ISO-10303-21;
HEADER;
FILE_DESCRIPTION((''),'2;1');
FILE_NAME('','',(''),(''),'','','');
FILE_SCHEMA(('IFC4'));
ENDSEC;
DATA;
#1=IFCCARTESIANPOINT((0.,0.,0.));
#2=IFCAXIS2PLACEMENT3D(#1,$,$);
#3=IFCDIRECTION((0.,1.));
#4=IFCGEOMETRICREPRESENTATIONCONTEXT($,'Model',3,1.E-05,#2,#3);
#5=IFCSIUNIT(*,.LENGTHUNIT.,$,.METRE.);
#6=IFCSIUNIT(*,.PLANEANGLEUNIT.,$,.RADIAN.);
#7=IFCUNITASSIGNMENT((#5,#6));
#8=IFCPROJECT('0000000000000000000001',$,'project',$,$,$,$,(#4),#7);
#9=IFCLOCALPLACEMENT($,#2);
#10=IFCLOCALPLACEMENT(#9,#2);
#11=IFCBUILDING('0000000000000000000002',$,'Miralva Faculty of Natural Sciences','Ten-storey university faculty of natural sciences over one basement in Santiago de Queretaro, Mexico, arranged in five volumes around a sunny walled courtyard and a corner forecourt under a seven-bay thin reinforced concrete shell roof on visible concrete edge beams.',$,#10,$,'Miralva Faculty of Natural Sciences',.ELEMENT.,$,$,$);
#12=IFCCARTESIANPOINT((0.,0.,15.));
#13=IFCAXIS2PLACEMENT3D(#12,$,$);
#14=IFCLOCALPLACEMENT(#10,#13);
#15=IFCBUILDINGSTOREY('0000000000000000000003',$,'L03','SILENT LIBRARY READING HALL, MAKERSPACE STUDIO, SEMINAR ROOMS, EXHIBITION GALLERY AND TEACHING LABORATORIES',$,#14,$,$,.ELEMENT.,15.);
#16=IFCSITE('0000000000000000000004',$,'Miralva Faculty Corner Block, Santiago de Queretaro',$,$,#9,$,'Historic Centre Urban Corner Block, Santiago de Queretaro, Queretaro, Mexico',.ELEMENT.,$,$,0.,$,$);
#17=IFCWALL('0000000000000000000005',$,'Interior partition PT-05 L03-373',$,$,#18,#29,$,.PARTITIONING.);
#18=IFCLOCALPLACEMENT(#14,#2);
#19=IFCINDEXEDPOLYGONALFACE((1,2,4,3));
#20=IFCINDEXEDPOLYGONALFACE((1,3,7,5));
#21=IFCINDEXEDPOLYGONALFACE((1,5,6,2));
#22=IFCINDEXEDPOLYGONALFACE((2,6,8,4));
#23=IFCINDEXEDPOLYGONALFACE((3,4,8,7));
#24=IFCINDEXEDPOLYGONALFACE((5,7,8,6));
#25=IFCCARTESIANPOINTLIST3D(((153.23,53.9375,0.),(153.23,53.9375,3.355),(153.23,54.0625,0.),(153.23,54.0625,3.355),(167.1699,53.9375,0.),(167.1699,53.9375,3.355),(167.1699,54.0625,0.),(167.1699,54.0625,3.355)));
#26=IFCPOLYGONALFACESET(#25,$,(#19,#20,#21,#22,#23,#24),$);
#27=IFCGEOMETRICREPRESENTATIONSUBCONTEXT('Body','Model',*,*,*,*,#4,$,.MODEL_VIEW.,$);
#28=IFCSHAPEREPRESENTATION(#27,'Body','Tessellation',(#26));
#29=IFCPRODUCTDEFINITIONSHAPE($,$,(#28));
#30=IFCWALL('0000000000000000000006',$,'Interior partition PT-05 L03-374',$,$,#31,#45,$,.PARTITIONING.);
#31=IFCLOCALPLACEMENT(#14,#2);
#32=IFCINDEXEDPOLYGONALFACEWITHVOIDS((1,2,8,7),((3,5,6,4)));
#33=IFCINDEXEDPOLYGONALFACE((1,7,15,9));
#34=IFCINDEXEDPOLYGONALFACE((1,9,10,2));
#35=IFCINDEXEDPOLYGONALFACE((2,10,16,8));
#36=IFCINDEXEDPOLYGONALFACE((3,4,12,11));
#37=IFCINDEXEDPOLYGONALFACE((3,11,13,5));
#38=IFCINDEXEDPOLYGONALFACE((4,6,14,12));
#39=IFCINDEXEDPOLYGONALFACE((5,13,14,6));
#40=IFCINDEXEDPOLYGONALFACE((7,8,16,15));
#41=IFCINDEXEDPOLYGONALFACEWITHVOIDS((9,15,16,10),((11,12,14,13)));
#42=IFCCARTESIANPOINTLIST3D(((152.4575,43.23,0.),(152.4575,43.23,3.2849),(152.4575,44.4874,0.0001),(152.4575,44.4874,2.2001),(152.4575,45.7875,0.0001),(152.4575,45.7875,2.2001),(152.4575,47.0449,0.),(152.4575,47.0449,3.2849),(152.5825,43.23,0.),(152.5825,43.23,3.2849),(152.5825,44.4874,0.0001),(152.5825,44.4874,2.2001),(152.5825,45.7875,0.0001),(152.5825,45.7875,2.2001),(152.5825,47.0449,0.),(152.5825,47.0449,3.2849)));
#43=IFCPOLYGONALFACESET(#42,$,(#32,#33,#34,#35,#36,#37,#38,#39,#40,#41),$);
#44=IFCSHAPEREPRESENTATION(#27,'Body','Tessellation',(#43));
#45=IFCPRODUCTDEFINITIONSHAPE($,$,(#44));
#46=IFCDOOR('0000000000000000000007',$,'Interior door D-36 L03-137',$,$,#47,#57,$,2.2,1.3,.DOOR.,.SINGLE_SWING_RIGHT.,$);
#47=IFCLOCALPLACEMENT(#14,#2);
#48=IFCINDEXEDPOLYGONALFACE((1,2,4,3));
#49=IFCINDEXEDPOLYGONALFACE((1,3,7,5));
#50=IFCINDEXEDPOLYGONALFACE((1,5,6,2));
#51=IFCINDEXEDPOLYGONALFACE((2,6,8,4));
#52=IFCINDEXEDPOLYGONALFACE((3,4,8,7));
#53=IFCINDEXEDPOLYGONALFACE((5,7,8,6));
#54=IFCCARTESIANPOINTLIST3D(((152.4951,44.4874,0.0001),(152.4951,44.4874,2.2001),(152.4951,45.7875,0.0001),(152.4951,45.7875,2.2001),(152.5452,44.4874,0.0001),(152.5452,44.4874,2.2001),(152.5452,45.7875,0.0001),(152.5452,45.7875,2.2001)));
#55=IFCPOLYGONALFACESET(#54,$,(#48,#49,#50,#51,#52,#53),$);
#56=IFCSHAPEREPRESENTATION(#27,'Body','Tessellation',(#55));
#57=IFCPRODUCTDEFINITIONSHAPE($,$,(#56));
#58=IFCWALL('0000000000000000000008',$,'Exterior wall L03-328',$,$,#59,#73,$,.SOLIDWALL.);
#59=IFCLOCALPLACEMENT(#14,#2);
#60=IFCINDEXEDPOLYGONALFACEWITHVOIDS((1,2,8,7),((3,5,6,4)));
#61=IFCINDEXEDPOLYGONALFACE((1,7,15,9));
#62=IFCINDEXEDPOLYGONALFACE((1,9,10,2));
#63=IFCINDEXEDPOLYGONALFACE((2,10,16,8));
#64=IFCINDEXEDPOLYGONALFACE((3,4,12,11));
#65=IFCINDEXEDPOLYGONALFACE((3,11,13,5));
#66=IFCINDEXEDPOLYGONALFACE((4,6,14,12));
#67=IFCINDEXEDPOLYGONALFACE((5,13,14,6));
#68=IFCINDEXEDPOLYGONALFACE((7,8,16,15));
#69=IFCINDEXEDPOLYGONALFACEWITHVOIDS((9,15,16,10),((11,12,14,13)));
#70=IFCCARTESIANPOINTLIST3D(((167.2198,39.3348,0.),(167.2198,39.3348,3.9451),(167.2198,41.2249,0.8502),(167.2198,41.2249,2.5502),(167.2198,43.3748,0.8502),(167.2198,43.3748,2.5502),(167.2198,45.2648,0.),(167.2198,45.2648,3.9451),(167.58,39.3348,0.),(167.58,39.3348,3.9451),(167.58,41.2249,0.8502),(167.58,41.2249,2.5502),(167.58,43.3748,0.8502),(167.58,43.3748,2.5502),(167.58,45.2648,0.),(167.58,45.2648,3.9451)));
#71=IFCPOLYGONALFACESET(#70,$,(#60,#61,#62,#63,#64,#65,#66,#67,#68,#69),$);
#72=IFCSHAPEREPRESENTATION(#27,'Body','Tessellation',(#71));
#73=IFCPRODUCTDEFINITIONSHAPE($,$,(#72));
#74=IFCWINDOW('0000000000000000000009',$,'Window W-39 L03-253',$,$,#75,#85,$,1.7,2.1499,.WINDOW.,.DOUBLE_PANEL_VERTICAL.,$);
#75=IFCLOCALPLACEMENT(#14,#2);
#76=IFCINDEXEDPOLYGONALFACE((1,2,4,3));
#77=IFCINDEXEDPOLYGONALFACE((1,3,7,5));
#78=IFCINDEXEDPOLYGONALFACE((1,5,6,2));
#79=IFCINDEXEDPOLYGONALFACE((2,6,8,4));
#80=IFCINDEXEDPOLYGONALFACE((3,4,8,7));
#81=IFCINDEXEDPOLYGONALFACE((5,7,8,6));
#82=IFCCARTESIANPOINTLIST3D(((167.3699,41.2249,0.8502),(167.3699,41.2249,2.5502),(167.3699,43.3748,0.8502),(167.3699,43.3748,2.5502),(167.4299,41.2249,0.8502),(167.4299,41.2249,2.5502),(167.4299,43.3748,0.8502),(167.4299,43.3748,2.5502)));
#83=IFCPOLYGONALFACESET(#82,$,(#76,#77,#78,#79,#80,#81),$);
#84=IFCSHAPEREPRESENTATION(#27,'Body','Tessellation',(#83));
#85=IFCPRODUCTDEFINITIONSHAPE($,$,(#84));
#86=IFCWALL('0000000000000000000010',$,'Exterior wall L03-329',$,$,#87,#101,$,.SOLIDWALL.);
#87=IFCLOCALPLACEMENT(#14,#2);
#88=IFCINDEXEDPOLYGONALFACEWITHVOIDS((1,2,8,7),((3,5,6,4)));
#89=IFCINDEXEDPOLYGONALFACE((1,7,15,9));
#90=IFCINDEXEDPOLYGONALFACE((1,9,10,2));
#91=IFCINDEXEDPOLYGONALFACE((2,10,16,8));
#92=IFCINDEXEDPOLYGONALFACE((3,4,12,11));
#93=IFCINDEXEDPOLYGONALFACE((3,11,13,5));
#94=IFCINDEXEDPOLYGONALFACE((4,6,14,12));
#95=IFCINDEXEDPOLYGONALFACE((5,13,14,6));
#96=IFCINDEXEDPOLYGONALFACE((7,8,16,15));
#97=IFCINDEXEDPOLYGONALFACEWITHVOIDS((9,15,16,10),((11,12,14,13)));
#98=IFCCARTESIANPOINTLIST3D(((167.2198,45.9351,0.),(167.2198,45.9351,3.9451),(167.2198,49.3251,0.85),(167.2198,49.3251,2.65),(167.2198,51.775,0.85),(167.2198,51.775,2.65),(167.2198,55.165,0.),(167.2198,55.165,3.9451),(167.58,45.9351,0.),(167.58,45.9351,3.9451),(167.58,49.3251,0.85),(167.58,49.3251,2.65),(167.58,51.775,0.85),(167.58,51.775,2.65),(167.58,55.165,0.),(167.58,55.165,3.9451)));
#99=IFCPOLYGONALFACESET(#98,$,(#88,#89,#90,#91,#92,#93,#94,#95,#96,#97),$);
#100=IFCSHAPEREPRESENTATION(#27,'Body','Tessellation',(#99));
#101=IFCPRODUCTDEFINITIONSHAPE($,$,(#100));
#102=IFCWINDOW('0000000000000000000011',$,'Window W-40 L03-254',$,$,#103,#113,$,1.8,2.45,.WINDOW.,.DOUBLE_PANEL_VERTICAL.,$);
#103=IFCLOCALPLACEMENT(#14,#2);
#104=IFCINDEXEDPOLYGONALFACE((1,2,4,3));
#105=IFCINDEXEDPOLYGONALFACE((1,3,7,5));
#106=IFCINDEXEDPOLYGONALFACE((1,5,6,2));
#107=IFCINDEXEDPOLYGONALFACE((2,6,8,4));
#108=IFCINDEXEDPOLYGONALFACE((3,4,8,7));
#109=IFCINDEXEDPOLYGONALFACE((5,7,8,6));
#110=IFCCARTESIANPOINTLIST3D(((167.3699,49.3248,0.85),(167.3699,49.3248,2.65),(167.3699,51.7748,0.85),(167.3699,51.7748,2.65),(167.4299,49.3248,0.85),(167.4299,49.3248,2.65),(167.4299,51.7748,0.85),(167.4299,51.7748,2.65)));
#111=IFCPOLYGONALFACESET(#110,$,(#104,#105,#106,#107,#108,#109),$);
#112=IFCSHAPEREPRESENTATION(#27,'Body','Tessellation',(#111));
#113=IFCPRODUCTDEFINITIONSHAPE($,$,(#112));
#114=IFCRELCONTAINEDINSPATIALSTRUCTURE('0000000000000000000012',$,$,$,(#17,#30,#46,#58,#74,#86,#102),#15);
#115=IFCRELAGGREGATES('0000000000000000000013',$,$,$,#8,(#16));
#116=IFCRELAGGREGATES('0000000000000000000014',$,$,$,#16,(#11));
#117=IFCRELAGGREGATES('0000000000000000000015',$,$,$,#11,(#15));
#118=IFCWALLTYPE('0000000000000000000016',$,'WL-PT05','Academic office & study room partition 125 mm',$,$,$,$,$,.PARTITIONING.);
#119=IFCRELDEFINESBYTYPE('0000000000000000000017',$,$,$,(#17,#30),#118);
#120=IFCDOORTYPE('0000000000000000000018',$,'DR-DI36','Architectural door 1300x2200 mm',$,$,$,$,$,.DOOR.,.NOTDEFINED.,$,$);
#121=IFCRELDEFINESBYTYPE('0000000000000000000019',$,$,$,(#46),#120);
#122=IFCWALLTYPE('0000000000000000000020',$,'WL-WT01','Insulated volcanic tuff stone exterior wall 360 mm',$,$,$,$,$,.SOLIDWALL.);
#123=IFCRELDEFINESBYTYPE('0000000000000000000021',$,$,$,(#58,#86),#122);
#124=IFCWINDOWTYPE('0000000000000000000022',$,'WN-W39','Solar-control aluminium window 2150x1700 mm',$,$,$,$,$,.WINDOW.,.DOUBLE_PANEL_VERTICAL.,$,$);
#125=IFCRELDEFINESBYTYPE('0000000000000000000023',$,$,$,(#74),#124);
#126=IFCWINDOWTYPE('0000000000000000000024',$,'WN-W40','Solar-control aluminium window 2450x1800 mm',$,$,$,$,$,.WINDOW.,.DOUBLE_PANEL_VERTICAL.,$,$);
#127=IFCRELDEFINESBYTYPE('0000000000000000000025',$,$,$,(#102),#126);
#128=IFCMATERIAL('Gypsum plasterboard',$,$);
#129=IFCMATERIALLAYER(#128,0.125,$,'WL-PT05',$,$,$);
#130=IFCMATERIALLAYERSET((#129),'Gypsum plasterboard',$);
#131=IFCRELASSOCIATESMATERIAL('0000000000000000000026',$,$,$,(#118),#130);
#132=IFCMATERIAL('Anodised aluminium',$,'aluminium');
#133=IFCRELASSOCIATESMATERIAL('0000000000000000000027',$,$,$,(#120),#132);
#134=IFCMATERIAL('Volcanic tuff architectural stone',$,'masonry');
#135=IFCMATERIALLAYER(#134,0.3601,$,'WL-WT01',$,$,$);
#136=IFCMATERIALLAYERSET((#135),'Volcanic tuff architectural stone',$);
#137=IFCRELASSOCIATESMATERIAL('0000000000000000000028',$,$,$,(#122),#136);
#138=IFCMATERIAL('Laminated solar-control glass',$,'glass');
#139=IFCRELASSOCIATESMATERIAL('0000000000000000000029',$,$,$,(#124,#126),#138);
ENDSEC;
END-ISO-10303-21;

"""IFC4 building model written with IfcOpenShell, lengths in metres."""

from ifc_helpers import new_model, si_unit, direction, frame, frame_2d, origin, place, context, subcontext, project, spatial, rectangle, extrude, material, layer, layer_set, type_object, element, fill, save


model = new_model("IFC4")

# Units and contexts
model_context = context("Model", 3, precision=1e-05, world=origin(), true_north=direction((0.0, 1.0)))
body_context = subcontext(model_context, "Body", "Model", "MODEL_VIEW")
ifc_project = project(units=[si_unit("LENGTHUNIT", "METRE"), si_unit("PLANEANGLEUNIT", "RADIAN")], contexts=[model_context])

# Site, building, storey
site_placement = place(None, origin())
site = spatial("IfcSite", under=ifc_project, at=site_placement, Name="Miralva Faculty Corner Block, Santiago de Queretaro", LongName="Historic Centre Urban Corner Block, Santiago de Queretaro, Queretaro, Mexico", CompositionType="ELEMENT", RefElevation=0.0)
building_placement = place(site_placement, origin())
building = spatial("IfcBuilding", under=site, at=building_placement, Name="Miralva Faculty of Natural Sciences", Description="Ten-storey university faculty of natural sciences over one basement in Santiago de Queretaro, Mexico, arranged in five volumes around a sunny walled courtyard and a corner forecourt under a seven-bay thin reinforced concrete shell roof on visible concrete edge beams.", LongName="Miralva Faculty of Natural Sciences", CompositionType="ELEMENT")
storey_placement = place(building_placement, frame((0.0, 0.0, 15.0)))
storey = spatial("IfcBuildingStorey", under=building, at=storey_placement, Name="L03", Description="SILENT LIBRARY READING HALL, MAKERSPACE STUDIO, SEMINAR ROOMS, EXHIBITION GALLERY AND TEACHING LABORATORIES", CompositionType="ELEMENT", Elevation=15.0)

# Wall
ifc_material_1 = material(Name="Gypsum plasterboard")
ifc_layer_1 = layer(ifc_material_1, 0.125, Name="WL-PT05")
ifc_layer_set_1 = layer_set([ifc_layer_1], Name="Gypsum plasterboard")
wall_type_1 = type_object("IfcWallType", Name="WL-PT05", Description="Academic office & study room partition 125 mm", PredefinedType="PARTITIONING", material=ifc_layer_set_1)
wall_1_placement = place(storey_placement, frame((153.23, 54.0, 0.0), z_axis=(0.0, 0.0, 1.0), x_axis=(1.0, 0.0, 0.0)))
element("IfcWall", 1, at=wall_1_placement, inside=storey, type_object=wall_type_1, Name="Interior partition PT-05 L03-373", PredefinedType="PARTITIONING", context=body_context, shape_type="SweptSolid", body=[
    extrude(rectangle(XDim=13.9399, YDim=0.125, at=frame_2d((6.97, 0.0))), origin(), (0.0, 0.0, 1.0), 3.355),
])

# Wall, opening, door
wall_2_placement = place(storey_placement, frame((152.52, 43.23, 0.0), z_axis=(0.0, 0.0, 1.0), x_axis=(0.0, 1.0, 0.0)))
wall_2 = element("IfcWall", 2, at=wall_2_placement, inside=storey, type_object=wall_type_1, Name="Interior partition PT-05 L03-374", PredefinedType="PARTITIONING", context=body_context, shape_type="SweptSolid", body=[
    extrude(rectangle(XDim=3.8149, YDim=0.125, at=frame_2d((1.9075, 0.0))), origin(), (0.0, 0.0, 1.0), 3.2849),
])
opening_1_placement = place(wall_2_placement, frame((1.2576, 0.0, 0.0)))
opening_1 = element("IfcOpeningElement", 3, at=opening_1_placement, cuts=wall_2, PredefinedType="OPENING", context=body_context, shape_type="SweptSolid", body=[
    extrude(rectangle(XDim=1.3, YDim=2.2, at=frame_2d((0.6499, 1.1001))), frame((0.0, 0.0725, 0.0), z_axis=(0.0, -1.0, 0.0), x_axis=(1.0, 0.0, 0.0)), (0.0, 0.0, 1.0), 0.145),
])
ifc_material_2 = material(Name="Anodised aluminium", Category="aluminium")
door_type_1 = type_object("IfcDoorType", Name="DR-DI36", Description="Architectural door 1300x2200 mm", OperationType="NOTDEFINED", PredefinedType="DOOR", material=ifc_material_2)
door_1_placement = place(opening_1_placement, origin())
door_1 = element("IfcDoor", 4, at=door_1_placement, inside=storey, type_object=door_type_1, Name="Interior door D-36 L03-137", OperationType="SINGLE_SWING_RIGHT", OverallHeight=2.2, OverallWidth=1.3, PredefinedType="DOOR", context=body_context, shape_type="SweptSolid", body=[
    extrude(rectangle(XDim=1.3, YDim=2.2, at=frame_2d((0.6499, 1.1001))), frame((0.0, 0.0249, 0.0), z_axis=(0.0, -1.0, 0.0), x_axis=(1.0, 0.0, 0.0)), (0.0, 0.0, 1.0), 0.05),
])
fill(opening_1, door_1)

# Walls, openings, windows
ifc_material_3 = material(Name="Volcanic tuff architectural stone", Category="masonry")
ifc_layer_2 = layer(ifc_material_3, 0.3601, Name="WL-WT01")
ifc_layer_set_2 = layer_set([ifc_layer_2], Name="Volcanic tuff architectural stone")
wall_type_2 = type_object("IfcWallType", Name="WL-WT01", Description="Insulated volcanic tuff stone exterior wall 360 mm", PredefinedType="SOLIDWALL", material=ifc_layer_set_2)
wall_3_placement = place(storey_placement, frame((167.3999, 39.335, 0.0), z_axis=(0.0, 0.0, 1.0), x_axis=(0.0, 1.0, 0.0)))
wall_3 = element("IfcWall", 5, at=wall_3_placement, inside=storey, type_object=wall_type_2, Name="Exterior wall L03-328", PredefinedType="SOLIDWALL", context=body_context, shape_type="SweptSolid", body=[
    extrude(rectangle(XDim=5.9299, YDim=0.3601, at=frame_2d((2.9648, 0.0))), origin(), (0.0, 0.0, 1.0), 3.9451),
])
opening_2_placement = place(wall_3_placement, frame((1.8899, 0.0, 0.8501)))
opening_2 = element("IfcOpeningElement", 6, at=opening_2_placement, cuts=wall_3, PredefinedType="OPENING", context=body_context, shape_type="SweptSolid", body=[
    extrude(rectangle(XDim=2.1499, YDim=1.7, at=frame_2d((1.075, 0.8501))), frame((0.0, 0.1899, 0.0), z_axis=(0.0, -1.0, 0.0), x_axis=(1.0, 0.0, 0.0)), (0.0, 0.0, 1.0), 0.3801),
])
ifc_material_4 = material(Name="Laminated solar-control glass", Category="glass")
window_type_1 = type_object("IfcWindowType", Name="WN-W39", Description="Solar-control aluminium window 2150x1700 mm", PartitioningType="DOUBLE_PANEL_VERTICAL", PredefinedType="WINDOW", material=ifc_material_4)
window_1_placement = place(opening_2_placement, frame((2.1499, 0.0, 0.0), z_axis=(0.0, 0.0, 1.0), x_axis=(-1.0, 0.0, 0.0)))
window_1 = element("IfcWindow", 7, at=window_1_placement, inside=storey, type_object=window_type_1, Name="Window W-39 L03-253", OverallHeight=1.7, OverallWidth=2.1499, PartitioningType="DOUBLE_PANEL_VERTICAL", PredefinedType="WINDOW", context=body_context, shape_type="SweptSolid", body=[
    extrude(rectangle(XDim=2.1499, YDim=1.7, at=frame_2d((1.075, 0.8501))), frame((0.0, 0.03, 0.0), z_axis=(0.0, -1.0, 0.0), x_axis=(1.0, 0.0, 0.0)), (0.0, 0.0, 1.0), 0.0601),
])
fill(opening_2, window_1)
wall_4_placement = place(storey_placement, frame((167.3999, 45.9351, 0.0), z_axis=(0.0, 0.0, 1.0), x_axis=(0.0, 1.0, 0.0)))
wall_4 = element("IfcWall", 8, at=wall_4_placement, inside=storey, type_object=wall_type_2, Name="Exterior wall L03-329", PredefinedType="SOLIDWALL", context=body_context, shape_type="SweptSolid", body=[
    extrude(rectangle(XDim=9.23, YDim=0.3601, at=frame_2d((4.615, 0.0))), origin(), (0.0, 0.0, 1.0), 3.9451),
])
opening_3_placement = place(wall_4_placement, frame((3.3899, 0.0, 0.8501)))
opening_3 = element("IfcOpeningElement", 9, at=opening_3_placement, cuts=wall_4, PredefinedType="OPENING", context=body_context, shape_type="SweptSolid", body=[
    extrude(rectangle(XDim=2.45, YDim=1.8, at=frame_2d((1.2251, 0.8999))), frame((0.0, 0.1899, 0.0), z_axis=(0.0, -1.0, 0.0), x_axis=(1.0, 0.0, 0.0)), (0.0, 0.0, 1.0), 0.3801),
])
window_type_2 = type_object("IfcWindowType", Name="WN-W40", Description="Solar-control aluminium window 2450x1800 mm", PartitioningType="DOUBLE_PANEL_VERTICAL", PredefinedType="WINDOW", material=ifc_material_4)
window_2_placement = place(opening_3_placement, frame((2.45, 0.0, 0.0), z_axis=(0.0, 0.0, 1.0), x_axis=(-1.0, 0.0, 0.0)))
window_2 = element("IfcWindow", 10, at=window_2_placement, inside=storey, type_object=window_type_2, Name="Window W-40 L03-254", OverallHeight=1.8, OverallWidth=2.45, PartitioningType="DOUBLE_PANEL_VERTICAL", PredefinedType="WINDOW", context=body_context, shape_type="SweptSolid", body=[
    extrude(rectangle(XDim=2.45, YDim=1.8, at=frame_2d((1.2251, 0.8999))), frame((0.0, 0.03, 0.0), z_axis=(0.0, -1.0, 0.0), x_axis=(1.0, 0.0, 0.0)), (0.0, 0.0, 1.0), 0.0601),
])
fill(opening_3, window_2)

save(model, "model.ifc")
